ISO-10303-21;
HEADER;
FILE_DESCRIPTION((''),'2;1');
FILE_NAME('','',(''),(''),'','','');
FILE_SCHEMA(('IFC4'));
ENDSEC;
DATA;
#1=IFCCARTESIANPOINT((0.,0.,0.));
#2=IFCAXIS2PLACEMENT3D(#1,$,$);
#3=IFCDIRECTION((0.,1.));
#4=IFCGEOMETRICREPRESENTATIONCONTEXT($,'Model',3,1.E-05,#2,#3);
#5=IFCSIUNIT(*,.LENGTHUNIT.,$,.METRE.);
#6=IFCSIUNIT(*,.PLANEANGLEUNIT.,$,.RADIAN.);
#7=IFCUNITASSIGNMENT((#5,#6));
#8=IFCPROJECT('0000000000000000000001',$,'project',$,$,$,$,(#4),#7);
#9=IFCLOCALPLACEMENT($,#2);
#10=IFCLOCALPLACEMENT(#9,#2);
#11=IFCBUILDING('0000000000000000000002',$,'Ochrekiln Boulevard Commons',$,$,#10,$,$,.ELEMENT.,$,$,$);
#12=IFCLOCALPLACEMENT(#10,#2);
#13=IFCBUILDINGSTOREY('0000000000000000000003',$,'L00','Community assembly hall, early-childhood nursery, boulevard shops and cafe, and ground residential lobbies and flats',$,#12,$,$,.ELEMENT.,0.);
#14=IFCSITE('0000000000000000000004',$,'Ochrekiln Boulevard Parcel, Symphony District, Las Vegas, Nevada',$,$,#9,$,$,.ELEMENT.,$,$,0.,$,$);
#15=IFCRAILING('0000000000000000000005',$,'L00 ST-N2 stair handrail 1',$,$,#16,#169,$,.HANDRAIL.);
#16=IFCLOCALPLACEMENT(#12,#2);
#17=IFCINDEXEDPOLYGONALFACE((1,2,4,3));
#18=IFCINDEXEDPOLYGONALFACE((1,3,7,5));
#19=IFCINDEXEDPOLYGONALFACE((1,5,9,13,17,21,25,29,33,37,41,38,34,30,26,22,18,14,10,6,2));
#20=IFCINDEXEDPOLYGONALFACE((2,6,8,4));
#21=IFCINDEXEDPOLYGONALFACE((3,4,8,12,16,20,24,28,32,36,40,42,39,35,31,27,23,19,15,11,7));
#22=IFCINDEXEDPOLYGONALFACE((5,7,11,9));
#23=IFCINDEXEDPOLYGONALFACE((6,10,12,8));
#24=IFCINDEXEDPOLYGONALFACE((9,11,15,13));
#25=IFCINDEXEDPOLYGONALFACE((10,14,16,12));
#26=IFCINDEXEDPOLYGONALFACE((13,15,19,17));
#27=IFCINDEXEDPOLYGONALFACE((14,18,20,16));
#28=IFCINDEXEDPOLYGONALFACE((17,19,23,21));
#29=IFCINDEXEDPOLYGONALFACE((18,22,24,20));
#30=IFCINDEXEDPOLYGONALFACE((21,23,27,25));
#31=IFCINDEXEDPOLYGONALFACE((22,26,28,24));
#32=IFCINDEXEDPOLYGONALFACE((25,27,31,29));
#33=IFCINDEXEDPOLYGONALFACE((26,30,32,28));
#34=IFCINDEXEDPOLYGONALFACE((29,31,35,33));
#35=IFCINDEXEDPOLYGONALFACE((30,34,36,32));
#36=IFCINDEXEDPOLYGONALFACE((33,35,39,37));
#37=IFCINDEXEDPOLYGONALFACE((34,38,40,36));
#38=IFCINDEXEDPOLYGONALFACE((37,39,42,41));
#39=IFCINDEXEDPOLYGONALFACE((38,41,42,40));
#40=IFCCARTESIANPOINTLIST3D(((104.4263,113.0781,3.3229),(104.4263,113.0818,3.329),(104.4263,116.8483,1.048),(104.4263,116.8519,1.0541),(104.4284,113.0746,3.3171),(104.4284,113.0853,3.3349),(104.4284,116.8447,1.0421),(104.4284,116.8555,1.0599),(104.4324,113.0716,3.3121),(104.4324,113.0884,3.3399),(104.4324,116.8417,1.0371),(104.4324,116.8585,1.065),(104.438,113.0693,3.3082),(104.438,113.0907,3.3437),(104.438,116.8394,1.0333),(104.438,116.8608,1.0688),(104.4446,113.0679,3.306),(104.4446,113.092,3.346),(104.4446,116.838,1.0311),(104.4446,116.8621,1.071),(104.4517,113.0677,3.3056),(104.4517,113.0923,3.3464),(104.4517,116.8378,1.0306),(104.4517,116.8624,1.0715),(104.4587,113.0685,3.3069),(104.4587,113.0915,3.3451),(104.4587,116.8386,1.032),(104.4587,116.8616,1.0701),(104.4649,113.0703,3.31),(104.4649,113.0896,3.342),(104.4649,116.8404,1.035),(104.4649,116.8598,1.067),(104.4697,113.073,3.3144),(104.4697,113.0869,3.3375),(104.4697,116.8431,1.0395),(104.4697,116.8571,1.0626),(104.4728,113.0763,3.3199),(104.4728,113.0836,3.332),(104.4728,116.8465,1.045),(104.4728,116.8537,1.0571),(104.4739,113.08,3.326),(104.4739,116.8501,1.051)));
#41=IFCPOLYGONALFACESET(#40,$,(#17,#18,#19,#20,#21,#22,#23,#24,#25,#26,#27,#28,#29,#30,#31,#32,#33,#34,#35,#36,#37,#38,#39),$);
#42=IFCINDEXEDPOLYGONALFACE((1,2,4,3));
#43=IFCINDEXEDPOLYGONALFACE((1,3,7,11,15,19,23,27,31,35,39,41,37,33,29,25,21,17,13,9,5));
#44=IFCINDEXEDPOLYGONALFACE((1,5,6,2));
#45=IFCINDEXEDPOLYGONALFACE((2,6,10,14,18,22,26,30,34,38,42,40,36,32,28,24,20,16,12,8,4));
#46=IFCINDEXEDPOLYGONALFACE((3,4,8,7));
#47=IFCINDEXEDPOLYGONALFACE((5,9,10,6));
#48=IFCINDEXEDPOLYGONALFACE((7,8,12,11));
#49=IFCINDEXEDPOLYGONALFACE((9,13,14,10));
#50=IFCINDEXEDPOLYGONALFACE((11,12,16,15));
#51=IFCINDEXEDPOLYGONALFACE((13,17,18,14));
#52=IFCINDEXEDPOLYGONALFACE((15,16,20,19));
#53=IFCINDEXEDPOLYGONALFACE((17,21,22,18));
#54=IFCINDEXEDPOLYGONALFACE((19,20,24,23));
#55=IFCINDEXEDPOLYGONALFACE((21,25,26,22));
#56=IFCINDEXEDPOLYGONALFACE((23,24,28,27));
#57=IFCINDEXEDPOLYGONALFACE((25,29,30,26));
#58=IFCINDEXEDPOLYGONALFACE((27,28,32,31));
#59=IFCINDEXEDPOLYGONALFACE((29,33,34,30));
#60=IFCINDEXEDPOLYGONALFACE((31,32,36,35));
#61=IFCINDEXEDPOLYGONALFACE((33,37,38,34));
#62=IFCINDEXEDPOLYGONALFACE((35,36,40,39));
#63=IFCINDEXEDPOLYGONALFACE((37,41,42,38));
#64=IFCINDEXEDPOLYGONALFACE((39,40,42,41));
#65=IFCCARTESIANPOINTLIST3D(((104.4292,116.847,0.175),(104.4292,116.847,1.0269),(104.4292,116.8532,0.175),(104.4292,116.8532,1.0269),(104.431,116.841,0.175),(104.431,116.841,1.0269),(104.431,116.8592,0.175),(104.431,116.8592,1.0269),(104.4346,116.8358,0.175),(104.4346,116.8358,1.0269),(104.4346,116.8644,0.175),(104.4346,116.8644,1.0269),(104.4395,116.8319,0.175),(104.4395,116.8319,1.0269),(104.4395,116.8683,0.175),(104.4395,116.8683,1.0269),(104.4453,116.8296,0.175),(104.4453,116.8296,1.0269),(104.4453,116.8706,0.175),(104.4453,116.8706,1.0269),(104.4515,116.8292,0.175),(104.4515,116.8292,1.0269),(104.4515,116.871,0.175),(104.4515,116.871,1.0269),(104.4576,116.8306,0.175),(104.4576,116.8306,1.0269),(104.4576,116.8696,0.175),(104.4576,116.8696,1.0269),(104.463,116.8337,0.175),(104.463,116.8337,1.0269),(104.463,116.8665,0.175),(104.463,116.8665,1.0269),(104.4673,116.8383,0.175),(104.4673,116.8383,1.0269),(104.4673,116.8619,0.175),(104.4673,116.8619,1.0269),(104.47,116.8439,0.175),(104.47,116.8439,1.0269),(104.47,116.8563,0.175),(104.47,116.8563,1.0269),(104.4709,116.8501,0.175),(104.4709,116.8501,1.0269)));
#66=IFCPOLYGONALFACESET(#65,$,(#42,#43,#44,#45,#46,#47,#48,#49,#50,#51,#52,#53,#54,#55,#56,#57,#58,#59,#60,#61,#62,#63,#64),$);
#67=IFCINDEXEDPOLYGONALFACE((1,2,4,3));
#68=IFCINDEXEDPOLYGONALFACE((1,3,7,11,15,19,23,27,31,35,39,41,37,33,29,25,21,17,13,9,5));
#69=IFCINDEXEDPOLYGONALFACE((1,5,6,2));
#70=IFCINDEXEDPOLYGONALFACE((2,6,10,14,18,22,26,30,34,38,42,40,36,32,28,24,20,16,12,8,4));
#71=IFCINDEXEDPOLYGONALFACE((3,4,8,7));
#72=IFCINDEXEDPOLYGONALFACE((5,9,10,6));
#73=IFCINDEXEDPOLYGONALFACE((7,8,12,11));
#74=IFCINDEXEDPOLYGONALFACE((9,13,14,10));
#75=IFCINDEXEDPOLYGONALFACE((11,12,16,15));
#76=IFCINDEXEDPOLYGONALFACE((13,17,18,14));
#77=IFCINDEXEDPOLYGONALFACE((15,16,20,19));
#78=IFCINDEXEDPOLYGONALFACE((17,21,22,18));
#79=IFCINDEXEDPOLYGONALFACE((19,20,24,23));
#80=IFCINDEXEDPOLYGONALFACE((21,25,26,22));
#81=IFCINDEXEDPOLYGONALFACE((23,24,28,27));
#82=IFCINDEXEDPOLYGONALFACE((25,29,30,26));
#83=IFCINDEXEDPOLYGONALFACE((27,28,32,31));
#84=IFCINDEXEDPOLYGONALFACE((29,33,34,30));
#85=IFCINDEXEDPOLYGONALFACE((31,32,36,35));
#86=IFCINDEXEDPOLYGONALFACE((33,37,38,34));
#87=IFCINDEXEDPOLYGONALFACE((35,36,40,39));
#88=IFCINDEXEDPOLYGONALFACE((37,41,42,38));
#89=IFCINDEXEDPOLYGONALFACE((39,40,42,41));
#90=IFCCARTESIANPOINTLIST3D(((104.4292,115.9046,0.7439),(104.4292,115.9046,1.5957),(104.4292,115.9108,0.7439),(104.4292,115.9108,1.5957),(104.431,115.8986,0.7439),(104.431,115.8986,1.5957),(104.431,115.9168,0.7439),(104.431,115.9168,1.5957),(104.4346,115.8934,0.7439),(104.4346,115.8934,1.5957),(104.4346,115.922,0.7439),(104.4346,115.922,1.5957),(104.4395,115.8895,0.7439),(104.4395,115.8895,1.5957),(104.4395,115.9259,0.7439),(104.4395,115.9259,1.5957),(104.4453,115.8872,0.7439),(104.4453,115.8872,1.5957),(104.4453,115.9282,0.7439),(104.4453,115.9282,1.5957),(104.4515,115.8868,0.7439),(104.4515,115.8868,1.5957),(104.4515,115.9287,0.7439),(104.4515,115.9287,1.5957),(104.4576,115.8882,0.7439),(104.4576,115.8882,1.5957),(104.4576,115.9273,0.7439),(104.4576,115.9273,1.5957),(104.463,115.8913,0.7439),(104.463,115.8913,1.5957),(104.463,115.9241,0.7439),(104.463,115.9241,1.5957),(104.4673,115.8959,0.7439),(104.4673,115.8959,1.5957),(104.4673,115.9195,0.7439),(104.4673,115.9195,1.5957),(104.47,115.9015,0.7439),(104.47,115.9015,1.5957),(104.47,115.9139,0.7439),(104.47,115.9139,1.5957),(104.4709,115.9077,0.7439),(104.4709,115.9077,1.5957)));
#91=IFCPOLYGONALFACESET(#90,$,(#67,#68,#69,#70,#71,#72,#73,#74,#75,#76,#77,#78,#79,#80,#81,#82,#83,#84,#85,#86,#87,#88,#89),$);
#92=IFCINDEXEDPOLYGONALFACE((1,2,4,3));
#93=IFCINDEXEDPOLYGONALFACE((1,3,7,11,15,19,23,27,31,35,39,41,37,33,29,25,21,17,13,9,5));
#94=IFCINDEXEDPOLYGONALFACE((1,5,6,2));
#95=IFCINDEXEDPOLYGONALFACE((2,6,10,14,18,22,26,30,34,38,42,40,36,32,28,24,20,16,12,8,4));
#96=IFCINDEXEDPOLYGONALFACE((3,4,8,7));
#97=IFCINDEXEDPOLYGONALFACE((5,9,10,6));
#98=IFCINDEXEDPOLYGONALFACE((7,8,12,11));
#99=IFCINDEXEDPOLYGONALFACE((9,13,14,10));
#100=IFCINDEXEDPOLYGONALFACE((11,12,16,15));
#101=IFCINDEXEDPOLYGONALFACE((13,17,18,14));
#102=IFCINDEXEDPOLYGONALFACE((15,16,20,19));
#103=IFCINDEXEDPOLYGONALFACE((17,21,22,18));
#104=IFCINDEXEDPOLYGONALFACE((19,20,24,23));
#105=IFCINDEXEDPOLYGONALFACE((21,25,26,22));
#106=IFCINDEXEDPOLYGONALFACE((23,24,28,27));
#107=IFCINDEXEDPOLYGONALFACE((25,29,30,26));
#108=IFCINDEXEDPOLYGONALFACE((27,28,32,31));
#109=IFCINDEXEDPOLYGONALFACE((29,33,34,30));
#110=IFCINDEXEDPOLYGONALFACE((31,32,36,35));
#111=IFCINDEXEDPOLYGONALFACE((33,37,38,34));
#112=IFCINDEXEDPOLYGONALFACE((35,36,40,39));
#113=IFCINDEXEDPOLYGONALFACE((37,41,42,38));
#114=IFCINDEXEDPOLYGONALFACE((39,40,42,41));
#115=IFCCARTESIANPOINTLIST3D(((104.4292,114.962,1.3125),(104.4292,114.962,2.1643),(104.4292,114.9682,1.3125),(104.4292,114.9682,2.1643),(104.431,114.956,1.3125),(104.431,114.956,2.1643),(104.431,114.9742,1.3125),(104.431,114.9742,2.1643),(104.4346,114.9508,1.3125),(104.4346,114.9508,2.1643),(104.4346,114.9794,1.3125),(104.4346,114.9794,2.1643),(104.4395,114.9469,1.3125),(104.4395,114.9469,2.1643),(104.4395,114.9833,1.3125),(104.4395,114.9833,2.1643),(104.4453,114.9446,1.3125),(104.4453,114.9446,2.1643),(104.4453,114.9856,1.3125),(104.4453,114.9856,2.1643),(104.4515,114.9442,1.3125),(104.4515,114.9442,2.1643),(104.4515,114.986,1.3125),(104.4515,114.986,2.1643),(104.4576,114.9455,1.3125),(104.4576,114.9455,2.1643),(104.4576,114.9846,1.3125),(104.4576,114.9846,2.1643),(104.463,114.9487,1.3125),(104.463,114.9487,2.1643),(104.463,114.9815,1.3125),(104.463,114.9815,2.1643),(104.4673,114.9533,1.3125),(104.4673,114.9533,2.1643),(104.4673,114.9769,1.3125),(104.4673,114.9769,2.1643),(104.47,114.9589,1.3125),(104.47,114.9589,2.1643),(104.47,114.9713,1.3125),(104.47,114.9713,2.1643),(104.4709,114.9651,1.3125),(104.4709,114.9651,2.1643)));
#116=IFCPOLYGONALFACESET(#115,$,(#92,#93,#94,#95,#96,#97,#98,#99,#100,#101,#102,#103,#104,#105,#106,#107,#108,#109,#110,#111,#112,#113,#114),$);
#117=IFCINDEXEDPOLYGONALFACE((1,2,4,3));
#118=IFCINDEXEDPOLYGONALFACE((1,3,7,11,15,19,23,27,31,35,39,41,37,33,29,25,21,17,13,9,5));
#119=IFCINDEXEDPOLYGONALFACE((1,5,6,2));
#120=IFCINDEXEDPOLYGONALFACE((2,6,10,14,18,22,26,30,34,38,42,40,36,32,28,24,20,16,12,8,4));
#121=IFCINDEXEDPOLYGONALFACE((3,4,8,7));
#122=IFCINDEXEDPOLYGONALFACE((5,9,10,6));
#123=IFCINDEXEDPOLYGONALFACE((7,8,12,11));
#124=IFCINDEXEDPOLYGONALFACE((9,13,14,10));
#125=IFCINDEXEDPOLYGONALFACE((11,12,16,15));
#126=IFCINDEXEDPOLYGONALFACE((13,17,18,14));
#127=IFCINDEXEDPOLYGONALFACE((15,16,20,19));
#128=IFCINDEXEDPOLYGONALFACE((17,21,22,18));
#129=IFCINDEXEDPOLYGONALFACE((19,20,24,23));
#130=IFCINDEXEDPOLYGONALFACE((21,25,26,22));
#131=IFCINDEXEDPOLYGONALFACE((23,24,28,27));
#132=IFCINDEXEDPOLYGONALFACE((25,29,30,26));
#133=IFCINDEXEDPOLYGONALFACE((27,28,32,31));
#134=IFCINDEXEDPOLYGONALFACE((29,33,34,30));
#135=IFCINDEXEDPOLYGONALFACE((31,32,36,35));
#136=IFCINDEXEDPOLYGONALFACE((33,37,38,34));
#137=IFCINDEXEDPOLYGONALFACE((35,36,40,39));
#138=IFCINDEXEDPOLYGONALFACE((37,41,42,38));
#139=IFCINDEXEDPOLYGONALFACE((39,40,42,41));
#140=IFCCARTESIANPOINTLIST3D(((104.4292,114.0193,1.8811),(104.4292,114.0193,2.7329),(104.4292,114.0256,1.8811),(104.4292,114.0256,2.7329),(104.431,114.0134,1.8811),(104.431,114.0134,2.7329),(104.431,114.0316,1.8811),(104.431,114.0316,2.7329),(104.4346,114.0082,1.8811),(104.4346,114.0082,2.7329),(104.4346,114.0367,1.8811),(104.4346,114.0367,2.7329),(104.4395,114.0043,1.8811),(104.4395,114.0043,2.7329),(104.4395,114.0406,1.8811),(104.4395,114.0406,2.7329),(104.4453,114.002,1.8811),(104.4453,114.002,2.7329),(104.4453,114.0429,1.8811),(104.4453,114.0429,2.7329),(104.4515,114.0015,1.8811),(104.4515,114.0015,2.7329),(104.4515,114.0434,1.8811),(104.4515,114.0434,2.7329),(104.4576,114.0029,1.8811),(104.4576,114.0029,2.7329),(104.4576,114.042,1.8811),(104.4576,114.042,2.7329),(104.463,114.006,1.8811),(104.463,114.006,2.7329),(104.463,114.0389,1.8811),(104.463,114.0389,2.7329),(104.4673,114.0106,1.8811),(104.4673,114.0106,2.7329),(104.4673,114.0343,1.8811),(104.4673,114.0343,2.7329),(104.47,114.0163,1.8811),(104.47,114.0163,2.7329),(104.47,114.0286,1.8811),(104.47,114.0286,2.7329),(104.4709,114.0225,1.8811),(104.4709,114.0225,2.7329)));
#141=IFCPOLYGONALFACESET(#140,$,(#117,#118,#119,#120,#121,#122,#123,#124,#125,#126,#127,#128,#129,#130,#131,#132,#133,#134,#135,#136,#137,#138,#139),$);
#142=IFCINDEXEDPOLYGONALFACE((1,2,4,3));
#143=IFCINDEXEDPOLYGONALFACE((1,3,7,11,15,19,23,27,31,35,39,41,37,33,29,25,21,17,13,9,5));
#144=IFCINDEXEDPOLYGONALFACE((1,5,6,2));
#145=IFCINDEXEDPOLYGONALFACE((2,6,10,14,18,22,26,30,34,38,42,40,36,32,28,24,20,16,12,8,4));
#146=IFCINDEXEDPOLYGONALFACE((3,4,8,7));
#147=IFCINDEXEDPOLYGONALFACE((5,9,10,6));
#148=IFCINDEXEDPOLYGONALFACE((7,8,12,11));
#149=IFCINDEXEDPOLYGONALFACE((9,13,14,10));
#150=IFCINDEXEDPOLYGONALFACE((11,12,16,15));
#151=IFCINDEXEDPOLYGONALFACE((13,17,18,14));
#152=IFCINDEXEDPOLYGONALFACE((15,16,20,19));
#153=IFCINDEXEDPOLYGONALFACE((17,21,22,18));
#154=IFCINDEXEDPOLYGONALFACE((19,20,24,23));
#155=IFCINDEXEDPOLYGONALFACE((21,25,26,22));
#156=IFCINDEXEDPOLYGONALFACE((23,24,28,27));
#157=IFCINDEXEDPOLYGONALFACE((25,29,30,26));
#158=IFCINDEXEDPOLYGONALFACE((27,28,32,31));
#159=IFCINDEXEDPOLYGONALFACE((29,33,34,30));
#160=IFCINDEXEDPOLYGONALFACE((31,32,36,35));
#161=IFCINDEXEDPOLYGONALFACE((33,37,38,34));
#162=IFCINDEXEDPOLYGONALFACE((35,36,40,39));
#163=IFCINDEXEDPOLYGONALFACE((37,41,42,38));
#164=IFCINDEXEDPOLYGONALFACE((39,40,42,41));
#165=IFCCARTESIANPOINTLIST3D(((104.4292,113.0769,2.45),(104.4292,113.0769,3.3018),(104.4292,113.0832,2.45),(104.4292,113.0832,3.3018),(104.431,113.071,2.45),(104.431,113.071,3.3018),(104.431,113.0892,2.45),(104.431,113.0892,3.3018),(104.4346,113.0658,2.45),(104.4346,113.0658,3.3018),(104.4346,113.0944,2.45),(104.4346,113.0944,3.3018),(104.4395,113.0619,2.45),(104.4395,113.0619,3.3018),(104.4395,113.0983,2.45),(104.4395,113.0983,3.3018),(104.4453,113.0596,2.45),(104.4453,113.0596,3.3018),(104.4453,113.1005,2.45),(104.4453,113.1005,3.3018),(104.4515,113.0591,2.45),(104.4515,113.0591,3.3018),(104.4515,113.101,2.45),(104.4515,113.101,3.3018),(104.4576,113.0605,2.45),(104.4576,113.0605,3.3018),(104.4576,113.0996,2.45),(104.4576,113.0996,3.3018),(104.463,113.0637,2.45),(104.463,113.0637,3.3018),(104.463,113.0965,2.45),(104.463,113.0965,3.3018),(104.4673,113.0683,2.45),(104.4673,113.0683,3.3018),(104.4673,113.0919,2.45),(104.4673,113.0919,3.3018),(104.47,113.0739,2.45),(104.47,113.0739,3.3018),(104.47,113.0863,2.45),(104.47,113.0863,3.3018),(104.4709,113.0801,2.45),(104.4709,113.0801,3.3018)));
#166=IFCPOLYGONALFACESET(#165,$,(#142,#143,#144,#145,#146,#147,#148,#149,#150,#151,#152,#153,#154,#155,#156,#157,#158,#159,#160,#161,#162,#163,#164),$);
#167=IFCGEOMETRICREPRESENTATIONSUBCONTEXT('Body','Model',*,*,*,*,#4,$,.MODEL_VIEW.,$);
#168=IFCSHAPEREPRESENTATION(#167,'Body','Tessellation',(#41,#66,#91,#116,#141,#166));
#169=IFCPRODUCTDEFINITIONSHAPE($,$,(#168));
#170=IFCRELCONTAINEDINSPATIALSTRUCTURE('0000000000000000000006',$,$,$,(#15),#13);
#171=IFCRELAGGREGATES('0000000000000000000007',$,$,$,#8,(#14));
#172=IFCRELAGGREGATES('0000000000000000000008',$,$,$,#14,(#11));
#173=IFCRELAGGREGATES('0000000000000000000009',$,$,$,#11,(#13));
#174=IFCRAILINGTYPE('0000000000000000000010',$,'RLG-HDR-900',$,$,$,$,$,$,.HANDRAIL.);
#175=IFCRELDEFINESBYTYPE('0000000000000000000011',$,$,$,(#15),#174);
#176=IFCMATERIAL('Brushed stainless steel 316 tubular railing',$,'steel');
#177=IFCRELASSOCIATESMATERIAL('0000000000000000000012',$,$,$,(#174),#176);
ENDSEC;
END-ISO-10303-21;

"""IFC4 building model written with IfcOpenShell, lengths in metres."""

from ifc_helpers import new_model, si_unit, direction, frame, origin, origin_2d, place, context, subcontext, project, spatial, circle, extrude, material, type_object, element, save


model = new_model("IFC4")

# Units and contexts
model_context = context("Model", 3, precision=1e-05, world=origin(), true_north=direction((0.0, 1.0)))
body_context = subcontext(model_context, "Body", "Model", "MODEL_VIEW")
ifc_project = project(units=[si_unit("LENGTHUNIT", "METRE"), si_unit("PLANEANGLEUNIT", "RADIAN")], contexts=[model_context])

# Site, building, storey
site_placement = place(None, origin())
site = spatial("IfcSite", under=ifc_project, at=site_placement, Name="Ochrekiln Boulevard Parcel, Symphony District, Las Vegas, Nevada", CompositionType="ELEMENT", RefElevation=0.0)
building_placement = place(site_placement, origin())
building = spatial("IfcBuilding", under=site, at=building_placement, Name="Ochrekiln Boulevard Commons", CompositionType="ELEMENT")
storey_placement = place(building_placement, origin())
storey = spatial("IfcBuildingStorey", under=building, at=storey_placement, Name="L00", Description="Community assembly hall, early-childhood nursery, boulevard shops and cafe, and ground residential lobbies and flats", CompositionType="ELEMENT", Elevation=0.0)

# Railing
ifc_material_1 = material(Name="Brushed stainless steel 316 tubular railing", Category="steel")
railing_type_1 = type_object("IfcRailingType", Name="RLG-HDR-900", PredefinedType="HANDRAIL", material=ifc_material_1)
railing_1_placement = place(storey_placement, frame((104.45, 116.8501, 0.175)))
element("IfcRailing", 1, at=railing_1_placement, inside=storey, type_object=railing_type_1, Name="L00 ST-N2 stair handrail 1", PredefinedType="HANDRAIL", context=body_context, shape_type="SweptSolid", body=[
    extrude(circle(Radius=0.0239, at=origin_2d()), frame((0.0, 0.0, 0.876), z_axis=(0.0, -0.856199, 0.516647), x_axis=(1.0, 0.0, 0.0)), (0.0, 0.0, 1.0), 4.4033),
    extrude(circle(Radius=0.021, at=origin_2d()), origin(), (0.0, 0.0, 1.0), 0.8518),
    extrude(circle(Radius=0.021, at=origin_2d()), frame((0.0, -0.9424, 0.5688)), (0.0, 0.0, 1.0), 0.8518),
    extrude(circle(Radius=0.021, at=origin_2d()), frame((0.0, -1.885, 1.1375)), (0.0, 0.0, 1.0), 0.8518),
    extrude(circle(Radius=0.021, at=origin_2d()), frame((0.0, -2.8276, 1.7061)), (0.0, 0.0, 1.0), 0.8518),
    extrude(circle(Radius=0.021, at=origin_2d()), frame((0.0, -3.77, 2.2749)), (0.0, 0.0, 1.0), 0.8518),
])

save(model, "model.ifc")
